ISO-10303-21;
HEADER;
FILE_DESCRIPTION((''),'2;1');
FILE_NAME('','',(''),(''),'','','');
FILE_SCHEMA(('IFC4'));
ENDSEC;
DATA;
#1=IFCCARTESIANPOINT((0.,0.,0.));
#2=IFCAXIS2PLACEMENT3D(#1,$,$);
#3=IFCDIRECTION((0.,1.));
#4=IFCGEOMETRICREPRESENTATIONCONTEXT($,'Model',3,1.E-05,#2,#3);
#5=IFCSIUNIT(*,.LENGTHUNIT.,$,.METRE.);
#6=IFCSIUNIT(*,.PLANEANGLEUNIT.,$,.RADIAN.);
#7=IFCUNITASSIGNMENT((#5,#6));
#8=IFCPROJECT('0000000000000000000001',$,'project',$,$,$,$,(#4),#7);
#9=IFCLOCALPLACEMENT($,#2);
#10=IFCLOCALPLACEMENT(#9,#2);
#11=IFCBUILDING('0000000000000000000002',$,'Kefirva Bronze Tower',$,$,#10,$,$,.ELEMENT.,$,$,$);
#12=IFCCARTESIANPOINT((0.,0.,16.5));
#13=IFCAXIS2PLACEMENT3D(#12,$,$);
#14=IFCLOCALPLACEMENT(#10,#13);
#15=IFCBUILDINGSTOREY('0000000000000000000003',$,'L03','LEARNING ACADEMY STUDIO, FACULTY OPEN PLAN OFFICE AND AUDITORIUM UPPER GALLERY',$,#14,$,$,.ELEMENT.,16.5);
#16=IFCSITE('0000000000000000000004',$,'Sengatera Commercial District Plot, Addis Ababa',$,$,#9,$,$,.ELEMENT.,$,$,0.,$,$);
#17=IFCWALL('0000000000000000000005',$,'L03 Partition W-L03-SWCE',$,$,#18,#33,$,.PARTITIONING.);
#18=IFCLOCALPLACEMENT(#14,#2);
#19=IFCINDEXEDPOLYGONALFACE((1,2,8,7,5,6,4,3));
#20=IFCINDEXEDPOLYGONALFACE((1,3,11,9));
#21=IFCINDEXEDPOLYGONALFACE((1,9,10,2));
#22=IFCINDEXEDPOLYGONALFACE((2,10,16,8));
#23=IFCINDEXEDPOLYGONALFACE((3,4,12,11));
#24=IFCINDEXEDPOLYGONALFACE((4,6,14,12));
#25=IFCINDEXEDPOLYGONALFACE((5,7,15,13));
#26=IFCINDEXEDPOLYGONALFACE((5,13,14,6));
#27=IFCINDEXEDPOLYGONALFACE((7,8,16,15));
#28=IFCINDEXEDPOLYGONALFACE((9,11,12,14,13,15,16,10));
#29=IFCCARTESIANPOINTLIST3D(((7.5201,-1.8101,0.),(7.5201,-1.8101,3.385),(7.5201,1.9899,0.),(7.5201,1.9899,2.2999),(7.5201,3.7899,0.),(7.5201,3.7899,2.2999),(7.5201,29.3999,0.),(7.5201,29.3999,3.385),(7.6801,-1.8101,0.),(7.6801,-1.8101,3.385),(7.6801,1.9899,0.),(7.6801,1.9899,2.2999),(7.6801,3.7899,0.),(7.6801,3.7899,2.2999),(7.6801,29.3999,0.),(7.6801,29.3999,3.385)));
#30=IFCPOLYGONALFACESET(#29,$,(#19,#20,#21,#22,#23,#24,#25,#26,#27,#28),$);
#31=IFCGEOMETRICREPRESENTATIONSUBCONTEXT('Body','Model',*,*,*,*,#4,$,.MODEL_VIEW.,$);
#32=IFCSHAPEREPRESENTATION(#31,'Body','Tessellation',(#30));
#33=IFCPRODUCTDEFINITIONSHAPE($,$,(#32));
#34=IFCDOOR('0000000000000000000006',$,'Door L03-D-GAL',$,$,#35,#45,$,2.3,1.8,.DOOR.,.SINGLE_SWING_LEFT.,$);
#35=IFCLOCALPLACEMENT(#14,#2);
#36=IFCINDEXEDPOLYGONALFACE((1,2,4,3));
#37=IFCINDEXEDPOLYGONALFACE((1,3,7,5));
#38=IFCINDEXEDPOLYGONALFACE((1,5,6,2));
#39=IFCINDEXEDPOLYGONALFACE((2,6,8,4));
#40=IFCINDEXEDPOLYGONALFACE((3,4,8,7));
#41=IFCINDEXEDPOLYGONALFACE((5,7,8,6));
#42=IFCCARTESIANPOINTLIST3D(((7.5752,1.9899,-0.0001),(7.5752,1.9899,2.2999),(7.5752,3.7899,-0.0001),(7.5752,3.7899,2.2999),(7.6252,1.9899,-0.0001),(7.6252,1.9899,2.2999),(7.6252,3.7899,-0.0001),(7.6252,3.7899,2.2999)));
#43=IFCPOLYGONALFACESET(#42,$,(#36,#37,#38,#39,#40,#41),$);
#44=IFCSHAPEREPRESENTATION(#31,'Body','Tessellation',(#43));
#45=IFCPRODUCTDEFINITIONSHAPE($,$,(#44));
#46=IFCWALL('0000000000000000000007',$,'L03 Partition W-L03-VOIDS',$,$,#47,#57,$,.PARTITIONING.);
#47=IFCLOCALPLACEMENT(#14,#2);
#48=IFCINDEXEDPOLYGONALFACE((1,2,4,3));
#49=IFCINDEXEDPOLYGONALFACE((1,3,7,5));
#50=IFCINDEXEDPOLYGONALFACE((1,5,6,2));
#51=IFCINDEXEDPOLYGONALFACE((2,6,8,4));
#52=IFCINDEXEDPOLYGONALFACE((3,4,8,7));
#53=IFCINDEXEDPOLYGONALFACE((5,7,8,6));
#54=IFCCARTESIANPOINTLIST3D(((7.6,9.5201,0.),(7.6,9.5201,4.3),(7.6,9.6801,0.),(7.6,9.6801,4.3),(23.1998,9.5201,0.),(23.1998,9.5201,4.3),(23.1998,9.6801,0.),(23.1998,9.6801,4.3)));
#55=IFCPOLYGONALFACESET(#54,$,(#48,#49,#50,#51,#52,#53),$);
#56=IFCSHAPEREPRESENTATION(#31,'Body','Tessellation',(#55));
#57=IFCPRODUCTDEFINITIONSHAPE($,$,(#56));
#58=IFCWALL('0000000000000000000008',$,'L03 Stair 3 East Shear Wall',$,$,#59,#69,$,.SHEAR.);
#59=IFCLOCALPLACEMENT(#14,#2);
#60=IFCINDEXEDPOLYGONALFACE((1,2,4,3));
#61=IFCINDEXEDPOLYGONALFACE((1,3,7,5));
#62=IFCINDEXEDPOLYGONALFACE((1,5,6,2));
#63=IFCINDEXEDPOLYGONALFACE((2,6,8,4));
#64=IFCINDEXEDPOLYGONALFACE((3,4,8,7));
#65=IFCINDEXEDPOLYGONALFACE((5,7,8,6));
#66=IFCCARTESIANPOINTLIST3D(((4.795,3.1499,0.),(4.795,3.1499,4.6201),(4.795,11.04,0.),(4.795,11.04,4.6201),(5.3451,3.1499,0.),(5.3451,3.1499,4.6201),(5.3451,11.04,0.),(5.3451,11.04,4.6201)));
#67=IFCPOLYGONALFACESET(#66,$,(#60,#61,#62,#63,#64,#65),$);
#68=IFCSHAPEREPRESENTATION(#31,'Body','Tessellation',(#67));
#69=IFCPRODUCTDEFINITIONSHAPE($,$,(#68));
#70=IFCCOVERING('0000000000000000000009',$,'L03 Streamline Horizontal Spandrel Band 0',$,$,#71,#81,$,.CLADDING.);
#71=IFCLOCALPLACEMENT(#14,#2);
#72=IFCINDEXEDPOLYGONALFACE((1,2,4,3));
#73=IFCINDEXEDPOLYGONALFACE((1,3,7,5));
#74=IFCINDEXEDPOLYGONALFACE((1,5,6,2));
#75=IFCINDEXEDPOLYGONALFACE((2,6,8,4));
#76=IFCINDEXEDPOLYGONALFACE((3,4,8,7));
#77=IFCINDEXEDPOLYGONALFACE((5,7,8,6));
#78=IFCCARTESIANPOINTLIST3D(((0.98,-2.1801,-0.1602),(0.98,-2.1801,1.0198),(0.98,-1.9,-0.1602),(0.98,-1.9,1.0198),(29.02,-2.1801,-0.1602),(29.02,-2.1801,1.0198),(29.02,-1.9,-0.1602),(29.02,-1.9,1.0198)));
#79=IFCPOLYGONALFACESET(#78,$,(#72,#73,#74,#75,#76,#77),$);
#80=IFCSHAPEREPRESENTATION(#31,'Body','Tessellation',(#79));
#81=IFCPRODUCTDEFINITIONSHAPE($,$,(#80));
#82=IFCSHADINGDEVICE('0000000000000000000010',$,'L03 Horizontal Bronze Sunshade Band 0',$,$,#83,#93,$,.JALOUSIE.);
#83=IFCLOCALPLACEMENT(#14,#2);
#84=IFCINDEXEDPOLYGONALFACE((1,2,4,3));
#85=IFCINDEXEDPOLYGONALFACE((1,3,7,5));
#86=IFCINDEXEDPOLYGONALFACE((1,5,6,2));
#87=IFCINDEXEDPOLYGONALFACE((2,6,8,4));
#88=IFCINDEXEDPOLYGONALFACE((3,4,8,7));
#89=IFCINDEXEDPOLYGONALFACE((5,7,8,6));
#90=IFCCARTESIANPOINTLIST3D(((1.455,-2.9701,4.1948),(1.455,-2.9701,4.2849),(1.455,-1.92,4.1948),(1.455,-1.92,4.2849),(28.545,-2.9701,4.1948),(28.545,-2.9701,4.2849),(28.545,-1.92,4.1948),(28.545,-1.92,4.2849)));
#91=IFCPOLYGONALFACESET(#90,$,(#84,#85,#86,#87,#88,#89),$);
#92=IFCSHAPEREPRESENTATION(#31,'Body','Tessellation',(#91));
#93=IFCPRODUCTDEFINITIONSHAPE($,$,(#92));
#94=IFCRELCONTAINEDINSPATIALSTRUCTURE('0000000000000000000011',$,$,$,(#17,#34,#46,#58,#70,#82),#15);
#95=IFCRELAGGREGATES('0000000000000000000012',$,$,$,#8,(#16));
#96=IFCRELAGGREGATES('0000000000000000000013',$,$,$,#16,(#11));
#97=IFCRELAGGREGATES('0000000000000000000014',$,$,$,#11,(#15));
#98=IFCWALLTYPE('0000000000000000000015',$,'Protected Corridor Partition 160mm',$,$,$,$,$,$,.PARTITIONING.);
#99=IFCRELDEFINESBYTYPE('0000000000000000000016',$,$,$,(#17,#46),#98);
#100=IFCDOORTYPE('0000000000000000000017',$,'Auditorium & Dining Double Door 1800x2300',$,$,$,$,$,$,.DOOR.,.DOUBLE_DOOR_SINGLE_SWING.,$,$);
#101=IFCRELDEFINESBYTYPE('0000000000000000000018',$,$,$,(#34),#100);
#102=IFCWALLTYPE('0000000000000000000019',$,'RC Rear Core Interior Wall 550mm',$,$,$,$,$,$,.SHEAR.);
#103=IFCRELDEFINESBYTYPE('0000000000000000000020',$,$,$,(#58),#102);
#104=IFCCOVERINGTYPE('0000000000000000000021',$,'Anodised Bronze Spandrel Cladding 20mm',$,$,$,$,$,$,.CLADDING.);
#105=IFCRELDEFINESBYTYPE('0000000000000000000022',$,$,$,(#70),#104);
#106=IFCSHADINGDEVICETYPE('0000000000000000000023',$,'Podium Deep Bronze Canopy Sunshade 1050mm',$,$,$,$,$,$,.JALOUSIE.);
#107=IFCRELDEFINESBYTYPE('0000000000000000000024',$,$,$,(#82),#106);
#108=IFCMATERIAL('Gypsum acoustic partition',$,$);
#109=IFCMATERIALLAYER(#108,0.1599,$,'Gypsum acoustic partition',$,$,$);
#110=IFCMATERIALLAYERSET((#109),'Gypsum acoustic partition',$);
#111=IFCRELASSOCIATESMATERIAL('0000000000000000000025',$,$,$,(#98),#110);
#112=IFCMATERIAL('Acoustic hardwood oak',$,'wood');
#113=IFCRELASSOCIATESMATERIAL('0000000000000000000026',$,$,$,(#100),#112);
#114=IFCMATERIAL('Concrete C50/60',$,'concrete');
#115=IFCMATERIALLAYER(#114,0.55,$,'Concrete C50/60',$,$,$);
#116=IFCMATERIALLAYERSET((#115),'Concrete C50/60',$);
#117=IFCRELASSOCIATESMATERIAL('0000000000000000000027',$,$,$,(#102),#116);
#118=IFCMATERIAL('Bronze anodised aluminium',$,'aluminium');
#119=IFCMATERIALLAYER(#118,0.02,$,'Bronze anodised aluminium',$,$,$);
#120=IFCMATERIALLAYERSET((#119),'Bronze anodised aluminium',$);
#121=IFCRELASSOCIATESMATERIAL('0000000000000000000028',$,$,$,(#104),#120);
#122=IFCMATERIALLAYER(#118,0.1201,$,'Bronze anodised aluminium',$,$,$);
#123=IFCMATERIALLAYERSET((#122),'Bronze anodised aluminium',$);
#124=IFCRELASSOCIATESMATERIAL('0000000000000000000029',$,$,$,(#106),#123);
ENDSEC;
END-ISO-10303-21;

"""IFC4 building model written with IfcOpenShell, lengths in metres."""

from ifc_helpers import new_model, si_unit, direction, frame, frame_2d, origin, origin_2d, place, context, subcontext, project, spatial, rectangle, extrude, material, layer, layer_set, type_object, element, fill, save


model = new_model("IFC4")

# Units and contexts
model_context = context("Model", 3, precision=1e-05, world=origin(), true_north=direction((0.0, 1.0)))
body_context = subcontext(model_context, "Body", "Model", "MODEL_VIEW")
ifc_project = project(units=[si_unit("LENGTHUNIT", "METRE"), si_unit("PLANEANGLEUNIT", "RADIAN")], contexts=[model_context])

# Site, building, storey
site_placement = place(None, origin())
site = spatial("IfcSite", under=ifc_project, at=site_placement, Name="Sengatera Commercial District Plot, Addis Ababa", CompositionType="ELEMENT", RefElevation=0.0)
building_placement = place(site_placement, origin())
building = spatial("IfcBuilding", under=site, at=building_placement, Name="Kefirva Bronze Tower", CompositionType="ELEMENT")
storey_placement = place(building_placement, frame((0.0, 0.0, 16.5)))
storey = spatial("IfcBuildingStorey", under=building, at=storey_placement, Name="L03", Description="LEARNING ACADEMY STUDIO, FACULTY OPEN PLAN OFFICE AND AUDITORIUM UPPER GALLERY", CompositionType="ELEMENT", Elevation=16.5)

# Shared definitions
ifc_material_1 = material(Name="Bronze anodised aluminium", Category="aluminium")

# Wall, opening, door
ifc_material_2 = material(Name="Gypsum acoustic partition")
ifc_layer_1 = layer(ifc_material_2, 0.1599, Name="Gypsum acoustic partition")
ifc_layer_set_1 = layer_set([ifc_layer_1], Name="Gypsum acoustic partition")
wall_type_1 = type_object("IfcWallType", Name="Protected Corridor Partition 160mm", PredefinedType="PARTITIONING", material=ifc_layer_set_1)
wall_1_placement = place(storey_placement, frame((7.6001, -1.8101, 0.0), z_axis=(0.0, 0.0, 1.0), x_axis=(0.0, 1.0, 0.0)))
wall_1 = element("IfcWall", 1, at=wall_1_placement, inside=storey, type_object=wall_type_1, Name="L03 Partition W-L03-SWCE", PredefinedType="PARTITIONING", context=body_context, shape_type="SweptSolid", body=[
    extrude(rectangle(XDim=31.21, YDim=0.1599, at=frame_2d((15.605, 0.0))), origin(), (0.0, 0.0, 1.0), 3.385),
])
opening_placement = place(wall_1_placement, frame((3.8, 0.0, 0.0)))
opening = element("IfcOpeningElement", 2, at=opening_placement, cuts=wall_1, PredefinedType="OPENING", context=body_context, shape_type="SweptSolid", body=[
    extrude(rectangle(XDim=1.8, YDim=2.3, at=frame_2d((0.8999, 1.1499))), frame((0.0, 0.0898, 0.0), z_axis=(0.0, -1.0, 0.0), x_axis=(1.0, 0.0, 0.0)), (0.0, 0.0, 1.0), 0.1799),
])
ifc_material_3 = material(Name="Acoustic hardwood oak", Category="wood")
door_type = type_object("IfcDoorType", Name="Auditorium & Dining Double Door 1800x2300", OperationType="DOUBLE_DOOR_SINGLE_SWING", PredefinedType="DOOR", material=ifc_material_3)
door_placement = place(opening_placement, origin())
door = element("IfcDoor", 3, at=door_placement, inside=storey, type_object=door_type, Name="Door L03-D-GAL", OperationType="SINGLE_SWING_LEFT", OverallHeight=2.3, OverallWidth=1.8, PredefinedType="DOOR", context=body_context, shape_type="SweptSolid", body=[
    extrude(rectangle(XDim=1.8, YDim=2.3, at=frame_2d((0.8999, 1.1499))), frame((0.0, 0.0249, 0.0), z_axis=(0.0, -1.0, 0.0), x_axis=(1.0, 0.0, 0.0)), (0.0, 0.0, 1.0), 0.05),
])
fill(opening, door)

# Walls
wall_2_placement = place(storey_placement, frame((7.6001, 9.6001, 0.0), z_axis=(0.0, 0.0, 1.0), x_axis=(1.0, 0.0, 0.0)))
element("IfcWall", 4, at=wall_2_placement, inside=storey, type_object=wall_type_1, Name="L03 Partition W-L03-VOIDS", PredefinedType="PARTITIONING", context=body_context, shape_type="SweptSolid", body=[
    extrude(rectangle(XDim=15.5999, YDim=0.1599, at=frame_2d((7.7998, 0.0))), origin(), (0.0, 0.0, 1.0), 4.3),
])
ifc_material_4 = material(Name="Concrete C50/60", Category="concrete")
ifc_layer_2 = layer(ifc_material_4, 0.55, Name="Concrete C50/60")
ifc_layer_set_2 = layer_set([ifc_layer_2], Name="Concrete C50/60")
wall_type_2 = type_object("IfcWallType", Name="RC Rear Core Interior Wall 550mm", PredefinedType="SHEAR", material=ifc_layer_set_2)
wall_3_placement = place(storey_placement, frame((5.0701, 3.1499, 0.0), z_axis=(0.0, 0.0, 1.0), x_axis=(0.0, 1.0, 0.0)))
element("IfcWall", 5, at=wall_3_placement, inside=storey, type_object=wall_type_2, Name="L03 Stair 3 East Shear Wall", PredefinedType="SHEAR", context=body_context, shape_type="SweptSolid", body=[
    extrude(rectangle(XDim=7.8901, YDim=0.55, at=frame_2d((3.9451, 0.0))), origin(), (0.0, 0.0, 1.0), 4.6201),
])

# Covering
ifc_layer_3 = layer(ifc_material_1, 0.02, Name="Bronze anodised aluminium")
ifc_layer_set_3 = layer_set([ifc_layer_3], Name="Bronze anodised aluminium")
covering_type_1 = type_object("IfcCoveringType", Name="Anodised Bronze Spandrel Cladding 20mm", PredefinedType="CLADDING", material=ifc_layer_set_3)
covering_1_placement = place(storey_placement, frame((15.0, -2.04, -0.1602), z_axis=(0.0, 0.0, 1.0), x_axis=(1.0, 0.0, 0.0)))
element("IfcCovering", 6, at=covering_1_placement, inside=storey, type_object=covering_type_1, Name="L03 Streamline Horizontal Spandrel Band 0", PredefinedType="CLADDING", context=body_context, shape_type="SweptSolid", body=[
    extrude(rectangle(XDim=28.04, YDim=0.28, at=origin_2d()), origin(), (0.0, 0.0, 1.0), 1.1799),
])

# Shading device
ifc_layer_4 = layer(ifc_material_1, 0.1201, Name="Bronze anodised aluminium")
ifc_layer_set_4 = layer_set([ifc_layer_4], Name="Bronze anodised aluminium")
shading_device_type_1 = type_object("IfcShadingDeviceType", Name="Podium Deep Bronze Canopy Sunshade 1050mm", PredefinedType="JALOUSIE", material=ifc_layer_set_4)
shading_device_1_placement = place(storey_placement, frame((15.0, -2.4451, 4.1948), z_axis=(0.0, 0.0, 1.0), x_axis=(1.0, 0.0, 0.0)))
element("IfcShadingDevice", 7, at=shading_device_1_placement, inside=storey, type_object=shading_device_type_1, Name="L03 Horizontal Bronze Sunshade Band 0", PredefinedType="JALOUSIE", context=body_context, shape_type="SweptSolid", body=[
    extrude(rectangle(XDim=27.0901, YDim=1.05, at=origin_2d()), origin(), (0.0, 0.0, 1.0), 0.0901),
])

save(model, "model.ifc")
